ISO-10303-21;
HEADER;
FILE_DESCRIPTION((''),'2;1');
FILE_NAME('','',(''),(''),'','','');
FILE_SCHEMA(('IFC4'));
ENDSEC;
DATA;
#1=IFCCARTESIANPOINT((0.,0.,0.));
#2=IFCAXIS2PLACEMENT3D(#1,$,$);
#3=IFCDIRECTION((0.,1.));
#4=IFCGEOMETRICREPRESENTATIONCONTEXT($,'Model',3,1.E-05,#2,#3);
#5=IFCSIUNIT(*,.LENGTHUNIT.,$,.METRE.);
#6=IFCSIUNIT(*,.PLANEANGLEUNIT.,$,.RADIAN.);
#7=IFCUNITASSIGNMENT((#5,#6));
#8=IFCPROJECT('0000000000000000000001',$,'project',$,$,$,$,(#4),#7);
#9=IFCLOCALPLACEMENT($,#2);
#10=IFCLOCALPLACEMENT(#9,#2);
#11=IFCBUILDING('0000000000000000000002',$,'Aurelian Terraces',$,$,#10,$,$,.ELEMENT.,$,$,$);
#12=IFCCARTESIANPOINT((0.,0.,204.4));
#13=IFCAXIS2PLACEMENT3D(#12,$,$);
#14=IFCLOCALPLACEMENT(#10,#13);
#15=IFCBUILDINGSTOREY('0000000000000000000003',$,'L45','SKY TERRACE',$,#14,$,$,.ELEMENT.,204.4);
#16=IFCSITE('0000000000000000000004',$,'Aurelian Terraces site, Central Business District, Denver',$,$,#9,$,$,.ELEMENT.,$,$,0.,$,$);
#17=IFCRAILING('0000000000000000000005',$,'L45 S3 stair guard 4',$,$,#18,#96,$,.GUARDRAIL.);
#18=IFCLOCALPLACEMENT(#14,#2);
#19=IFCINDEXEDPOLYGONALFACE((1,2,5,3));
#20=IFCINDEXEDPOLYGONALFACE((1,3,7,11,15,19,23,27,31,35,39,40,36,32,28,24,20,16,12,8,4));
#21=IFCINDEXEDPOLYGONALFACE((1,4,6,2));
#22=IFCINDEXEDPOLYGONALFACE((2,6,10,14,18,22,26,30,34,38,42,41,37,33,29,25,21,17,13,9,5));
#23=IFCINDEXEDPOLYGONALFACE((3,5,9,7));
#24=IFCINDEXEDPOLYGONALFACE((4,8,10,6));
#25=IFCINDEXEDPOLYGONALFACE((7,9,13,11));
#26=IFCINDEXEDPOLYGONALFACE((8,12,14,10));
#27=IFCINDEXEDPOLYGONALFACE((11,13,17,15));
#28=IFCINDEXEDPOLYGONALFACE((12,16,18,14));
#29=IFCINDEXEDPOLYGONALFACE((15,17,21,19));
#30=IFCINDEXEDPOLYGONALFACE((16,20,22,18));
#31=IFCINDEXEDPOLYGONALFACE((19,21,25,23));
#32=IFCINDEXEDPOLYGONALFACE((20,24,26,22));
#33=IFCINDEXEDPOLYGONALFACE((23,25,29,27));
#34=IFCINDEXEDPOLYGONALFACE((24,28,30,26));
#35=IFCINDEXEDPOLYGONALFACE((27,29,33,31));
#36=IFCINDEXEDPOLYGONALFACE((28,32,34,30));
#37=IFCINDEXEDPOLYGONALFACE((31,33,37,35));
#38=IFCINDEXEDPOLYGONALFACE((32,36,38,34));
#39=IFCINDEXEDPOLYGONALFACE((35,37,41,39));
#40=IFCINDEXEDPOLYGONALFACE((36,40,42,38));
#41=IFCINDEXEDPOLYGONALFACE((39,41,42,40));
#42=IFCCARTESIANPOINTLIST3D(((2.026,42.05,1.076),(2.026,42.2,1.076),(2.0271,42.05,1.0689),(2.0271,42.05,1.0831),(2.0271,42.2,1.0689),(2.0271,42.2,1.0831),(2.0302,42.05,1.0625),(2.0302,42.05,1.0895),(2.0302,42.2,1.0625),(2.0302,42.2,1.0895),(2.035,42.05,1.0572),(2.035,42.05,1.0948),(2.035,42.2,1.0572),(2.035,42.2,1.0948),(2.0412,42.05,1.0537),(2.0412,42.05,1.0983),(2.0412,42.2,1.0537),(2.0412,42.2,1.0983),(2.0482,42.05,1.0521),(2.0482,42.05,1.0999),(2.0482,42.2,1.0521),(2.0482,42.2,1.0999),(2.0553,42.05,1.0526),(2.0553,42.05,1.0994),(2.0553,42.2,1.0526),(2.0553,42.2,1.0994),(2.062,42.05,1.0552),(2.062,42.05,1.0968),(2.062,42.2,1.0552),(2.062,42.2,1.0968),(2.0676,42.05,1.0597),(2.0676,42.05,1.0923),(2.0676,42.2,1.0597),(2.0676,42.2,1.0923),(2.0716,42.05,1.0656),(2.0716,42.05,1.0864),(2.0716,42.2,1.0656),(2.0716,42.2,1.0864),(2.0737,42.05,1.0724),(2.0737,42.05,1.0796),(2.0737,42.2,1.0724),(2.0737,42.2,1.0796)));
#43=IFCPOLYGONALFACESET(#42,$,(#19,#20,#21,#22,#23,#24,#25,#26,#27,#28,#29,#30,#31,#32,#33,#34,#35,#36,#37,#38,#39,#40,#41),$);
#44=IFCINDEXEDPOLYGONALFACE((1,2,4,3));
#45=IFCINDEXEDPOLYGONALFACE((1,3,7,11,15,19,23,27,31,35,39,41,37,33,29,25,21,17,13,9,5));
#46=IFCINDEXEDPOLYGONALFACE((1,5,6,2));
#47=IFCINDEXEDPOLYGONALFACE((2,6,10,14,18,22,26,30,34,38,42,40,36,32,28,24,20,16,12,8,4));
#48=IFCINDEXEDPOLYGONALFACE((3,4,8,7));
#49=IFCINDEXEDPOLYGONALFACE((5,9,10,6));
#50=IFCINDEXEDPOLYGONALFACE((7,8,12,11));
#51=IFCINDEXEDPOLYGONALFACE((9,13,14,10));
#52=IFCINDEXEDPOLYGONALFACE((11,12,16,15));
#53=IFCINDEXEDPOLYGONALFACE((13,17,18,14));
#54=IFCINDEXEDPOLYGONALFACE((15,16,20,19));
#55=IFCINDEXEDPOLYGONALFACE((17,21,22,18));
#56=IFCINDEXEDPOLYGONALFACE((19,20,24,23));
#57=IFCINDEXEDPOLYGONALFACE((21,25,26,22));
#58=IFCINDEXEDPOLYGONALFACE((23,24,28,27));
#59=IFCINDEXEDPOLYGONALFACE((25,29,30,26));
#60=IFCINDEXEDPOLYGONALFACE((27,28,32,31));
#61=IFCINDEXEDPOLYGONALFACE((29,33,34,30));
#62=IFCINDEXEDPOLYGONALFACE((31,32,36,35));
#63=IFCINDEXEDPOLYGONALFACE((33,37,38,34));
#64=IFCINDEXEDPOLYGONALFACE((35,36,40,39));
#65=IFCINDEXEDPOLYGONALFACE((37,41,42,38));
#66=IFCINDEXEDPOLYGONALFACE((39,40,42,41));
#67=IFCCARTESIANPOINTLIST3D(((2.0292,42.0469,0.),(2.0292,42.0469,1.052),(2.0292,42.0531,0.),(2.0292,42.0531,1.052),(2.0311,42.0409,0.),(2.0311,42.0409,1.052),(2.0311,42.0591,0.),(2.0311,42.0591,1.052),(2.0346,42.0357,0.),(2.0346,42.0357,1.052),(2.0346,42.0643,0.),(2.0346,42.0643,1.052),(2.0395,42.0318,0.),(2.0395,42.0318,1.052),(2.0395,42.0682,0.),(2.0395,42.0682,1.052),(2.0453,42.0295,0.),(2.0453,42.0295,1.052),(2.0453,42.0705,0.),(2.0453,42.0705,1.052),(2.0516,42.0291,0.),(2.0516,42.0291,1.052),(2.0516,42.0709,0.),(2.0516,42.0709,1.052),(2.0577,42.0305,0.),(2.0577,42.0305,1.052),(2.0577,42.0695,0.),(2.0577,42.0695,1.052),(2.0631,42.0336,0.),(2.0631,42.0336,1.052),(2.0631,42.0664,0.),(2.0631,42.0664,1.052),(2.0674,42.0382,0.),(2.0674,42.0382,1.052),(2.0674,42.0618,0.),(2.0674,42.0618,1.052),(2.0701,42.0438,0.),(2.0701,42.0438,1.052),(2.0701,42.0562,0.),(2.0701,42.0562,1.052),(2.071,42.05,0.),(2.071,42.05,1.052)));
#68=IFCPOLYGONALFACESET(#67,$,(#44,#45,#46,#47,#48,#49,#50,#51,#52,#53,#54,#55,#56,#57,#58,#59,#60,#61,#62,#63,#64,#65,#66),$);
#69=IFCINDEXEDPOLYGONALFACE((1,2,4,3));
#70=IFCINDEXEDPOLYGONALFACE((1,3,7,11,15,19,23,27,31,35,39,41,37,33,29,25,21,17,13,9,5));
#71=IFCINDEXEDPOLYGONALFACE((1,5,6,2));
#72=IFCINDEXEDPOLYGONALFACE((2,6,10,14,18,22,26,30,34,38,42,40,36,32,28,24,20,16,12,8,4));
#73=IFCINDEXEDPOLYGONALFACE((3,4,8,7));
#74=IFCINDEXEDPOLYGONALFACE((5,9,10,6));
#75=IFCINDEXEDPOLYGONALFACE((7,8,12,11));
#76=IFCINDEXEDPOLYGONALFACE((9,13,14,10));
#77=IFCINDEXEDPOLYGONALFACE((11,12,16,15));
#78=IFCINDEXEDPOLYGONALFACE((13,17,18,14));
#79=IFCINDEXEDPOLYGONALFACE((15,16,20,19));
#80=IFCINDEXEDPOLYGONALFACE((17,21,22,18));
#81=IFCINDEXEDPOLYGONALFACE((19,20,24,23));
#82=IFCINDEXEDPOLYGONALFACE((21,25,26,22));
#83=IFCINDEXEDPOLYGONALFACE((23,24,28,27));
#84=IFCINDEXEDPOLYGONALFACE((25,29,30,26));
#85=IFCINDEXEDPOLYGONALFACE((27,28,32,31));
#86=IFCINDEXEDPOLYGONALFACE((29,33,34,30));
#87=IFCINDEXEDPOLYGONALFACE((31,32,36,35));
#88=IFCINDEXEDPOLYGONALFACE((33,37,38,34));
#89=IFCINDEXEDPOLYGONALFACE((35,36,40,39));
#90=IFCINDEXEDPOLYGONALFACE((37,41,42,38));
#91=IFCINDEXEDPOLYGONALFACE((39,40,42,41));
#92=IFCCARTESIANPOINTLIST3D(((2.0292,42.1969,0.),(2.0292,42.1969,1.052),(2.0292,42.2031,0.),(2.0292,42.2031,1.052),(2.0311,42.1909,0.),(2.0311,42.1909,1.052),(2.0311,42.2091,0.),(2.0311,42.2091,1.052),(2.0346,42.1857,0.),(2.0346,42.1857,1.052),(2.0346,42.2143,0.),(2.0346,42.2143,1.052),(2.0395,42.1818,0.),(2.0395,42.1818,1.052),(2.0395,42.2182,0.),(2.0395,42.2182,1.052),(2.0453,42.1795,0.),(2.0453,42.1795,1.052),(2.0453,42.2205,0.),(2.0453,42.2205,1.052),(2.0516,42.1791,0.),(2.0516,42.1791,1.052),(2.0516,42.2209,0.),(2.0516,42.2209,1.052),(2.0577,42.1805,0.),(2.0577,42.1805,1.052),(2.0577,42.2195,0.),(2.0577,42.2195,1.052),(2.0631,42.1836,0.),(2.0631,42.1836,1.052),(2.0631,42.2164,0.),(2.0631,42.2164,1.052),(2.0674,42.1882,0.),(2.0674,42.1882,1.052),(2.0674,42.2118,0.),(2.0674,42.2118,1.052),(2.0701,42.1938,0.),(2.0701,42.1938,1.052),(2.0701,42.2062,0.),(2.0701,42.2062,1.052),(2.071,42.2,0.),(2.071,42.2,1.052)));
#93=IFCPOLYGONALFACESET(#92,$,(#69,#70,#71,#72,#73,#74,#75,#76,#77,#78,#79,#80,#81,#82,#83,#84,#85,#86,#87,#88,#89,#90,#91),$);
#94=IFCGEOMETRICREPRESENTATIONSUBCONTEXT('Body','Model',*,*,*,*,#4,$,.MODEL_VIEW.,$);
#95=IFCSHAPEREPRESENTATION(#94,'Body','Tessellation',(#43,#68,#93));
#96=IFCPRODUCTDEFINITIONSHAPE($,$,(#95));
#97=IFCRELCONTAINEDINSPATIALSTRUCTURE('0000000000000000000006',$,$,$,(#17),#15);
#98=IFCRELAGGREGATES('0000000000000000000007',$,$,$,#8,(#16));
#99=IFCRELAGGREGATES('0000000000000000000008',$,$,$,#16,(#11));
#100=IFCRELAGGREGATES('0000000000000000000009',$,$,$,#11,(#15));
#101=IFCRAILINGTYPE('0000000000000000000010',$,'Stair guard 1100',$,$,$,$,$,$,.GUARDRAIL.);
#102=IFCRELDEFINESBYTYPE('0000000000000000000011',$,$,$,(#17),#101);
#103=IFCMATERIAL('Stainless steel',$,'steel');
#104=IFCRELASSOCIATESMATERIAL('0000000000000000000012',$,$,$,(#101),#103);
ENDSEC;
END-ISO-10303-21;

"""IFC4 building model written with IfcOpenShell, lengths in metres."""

from ifc_helpers import new_model, si_unit, direction, frame, origin, origin_2d, place, context, subcontext, project, spatial, circle, extrude, source, transform, mapped, material, type_object, element, save


model = new_model("IFC4")

# Units and contexts
model_context = context("Model", 3, precision=1e-05, world=origin(), true_north=direction((0.0, 1.0)))
body_context = subcontext(model_context, "Body", "Model", "MODEL_VIEW")
ifc_project = project(units=[si_unit("LENGTHUNIT", "METRE"), si_unit("PLANEANGLEUNIT", "RADIAN")], contexts=[model_context])

# Site, building, storey
site_placement = place(None, origin())
site = spatial("IfcSite", under=ifc_project, at=site_placement, Name="Aurelian Terraces site, Central Business District, Denver", CompositionType="ELEMENT", RefElevation=0.0)
building_placement = place(site_placement, origin())
building = spatial("IfcBuilding", under=site, at=building_placement, Name="Aurelian Terraces", CompositionType="ELEMENT")
storey_placement = place(building_placement, frame((0.0, 0.0, 204.4)))
storey = spatial("IfcBuildingStorey", under=building, at=storey_placement, Name="L45", Description="SKY TERRACE", CompositionType="ELEMENT", Elevation=204.4)

# Railing
ifc_material_1 = material(Name="Stainless steel", Category="steel")
railing_type_1 = type_object("IfcRailingType", Name="Stair guard 1100", PredefinedType="GUARDRAIL", material=ifc_material_1)
shared_shape_1 = source(origin(), body_context, "Body", "SweptSolid", [
    extrude(circle(Radius=0.024, at=origin_2d()), frame((0.0, 0.0, 1.076), z_axis=(0.0, 1.0, 0.0), x_axis=(-1.0, 0.0, 0.0)), (0.0, 0.0, 1.0), 0.15),
    extrude(circle(Radius=0.021, at=origin_2d()), origin(), (0.0, 0.0, 1.0), 1.052),
    extrude(circle(Radius=0.021, at=origin_2d()), frame((0.0, 0.15, 0.0)), (0.0, 0.0, 1.0), 1.052),
])
for number, where, name in (
    (1, (2.05, 42.05, 0.0), "L45 S3 stair guard 4"),
):
    element("IfcRailing", number, at=place(storey_placement, frame(where)), inside=storey, type_object=railing_type_1, Name=name, PredefinedType="GUARDRAIL", context=body_context, shape_type="MappedRepresentation", body=[
        mapped(shared_shape_1, transform((0.0, 0.0, 0.0), scale=1.0)),
    ])

save(model, "model.ifc")
